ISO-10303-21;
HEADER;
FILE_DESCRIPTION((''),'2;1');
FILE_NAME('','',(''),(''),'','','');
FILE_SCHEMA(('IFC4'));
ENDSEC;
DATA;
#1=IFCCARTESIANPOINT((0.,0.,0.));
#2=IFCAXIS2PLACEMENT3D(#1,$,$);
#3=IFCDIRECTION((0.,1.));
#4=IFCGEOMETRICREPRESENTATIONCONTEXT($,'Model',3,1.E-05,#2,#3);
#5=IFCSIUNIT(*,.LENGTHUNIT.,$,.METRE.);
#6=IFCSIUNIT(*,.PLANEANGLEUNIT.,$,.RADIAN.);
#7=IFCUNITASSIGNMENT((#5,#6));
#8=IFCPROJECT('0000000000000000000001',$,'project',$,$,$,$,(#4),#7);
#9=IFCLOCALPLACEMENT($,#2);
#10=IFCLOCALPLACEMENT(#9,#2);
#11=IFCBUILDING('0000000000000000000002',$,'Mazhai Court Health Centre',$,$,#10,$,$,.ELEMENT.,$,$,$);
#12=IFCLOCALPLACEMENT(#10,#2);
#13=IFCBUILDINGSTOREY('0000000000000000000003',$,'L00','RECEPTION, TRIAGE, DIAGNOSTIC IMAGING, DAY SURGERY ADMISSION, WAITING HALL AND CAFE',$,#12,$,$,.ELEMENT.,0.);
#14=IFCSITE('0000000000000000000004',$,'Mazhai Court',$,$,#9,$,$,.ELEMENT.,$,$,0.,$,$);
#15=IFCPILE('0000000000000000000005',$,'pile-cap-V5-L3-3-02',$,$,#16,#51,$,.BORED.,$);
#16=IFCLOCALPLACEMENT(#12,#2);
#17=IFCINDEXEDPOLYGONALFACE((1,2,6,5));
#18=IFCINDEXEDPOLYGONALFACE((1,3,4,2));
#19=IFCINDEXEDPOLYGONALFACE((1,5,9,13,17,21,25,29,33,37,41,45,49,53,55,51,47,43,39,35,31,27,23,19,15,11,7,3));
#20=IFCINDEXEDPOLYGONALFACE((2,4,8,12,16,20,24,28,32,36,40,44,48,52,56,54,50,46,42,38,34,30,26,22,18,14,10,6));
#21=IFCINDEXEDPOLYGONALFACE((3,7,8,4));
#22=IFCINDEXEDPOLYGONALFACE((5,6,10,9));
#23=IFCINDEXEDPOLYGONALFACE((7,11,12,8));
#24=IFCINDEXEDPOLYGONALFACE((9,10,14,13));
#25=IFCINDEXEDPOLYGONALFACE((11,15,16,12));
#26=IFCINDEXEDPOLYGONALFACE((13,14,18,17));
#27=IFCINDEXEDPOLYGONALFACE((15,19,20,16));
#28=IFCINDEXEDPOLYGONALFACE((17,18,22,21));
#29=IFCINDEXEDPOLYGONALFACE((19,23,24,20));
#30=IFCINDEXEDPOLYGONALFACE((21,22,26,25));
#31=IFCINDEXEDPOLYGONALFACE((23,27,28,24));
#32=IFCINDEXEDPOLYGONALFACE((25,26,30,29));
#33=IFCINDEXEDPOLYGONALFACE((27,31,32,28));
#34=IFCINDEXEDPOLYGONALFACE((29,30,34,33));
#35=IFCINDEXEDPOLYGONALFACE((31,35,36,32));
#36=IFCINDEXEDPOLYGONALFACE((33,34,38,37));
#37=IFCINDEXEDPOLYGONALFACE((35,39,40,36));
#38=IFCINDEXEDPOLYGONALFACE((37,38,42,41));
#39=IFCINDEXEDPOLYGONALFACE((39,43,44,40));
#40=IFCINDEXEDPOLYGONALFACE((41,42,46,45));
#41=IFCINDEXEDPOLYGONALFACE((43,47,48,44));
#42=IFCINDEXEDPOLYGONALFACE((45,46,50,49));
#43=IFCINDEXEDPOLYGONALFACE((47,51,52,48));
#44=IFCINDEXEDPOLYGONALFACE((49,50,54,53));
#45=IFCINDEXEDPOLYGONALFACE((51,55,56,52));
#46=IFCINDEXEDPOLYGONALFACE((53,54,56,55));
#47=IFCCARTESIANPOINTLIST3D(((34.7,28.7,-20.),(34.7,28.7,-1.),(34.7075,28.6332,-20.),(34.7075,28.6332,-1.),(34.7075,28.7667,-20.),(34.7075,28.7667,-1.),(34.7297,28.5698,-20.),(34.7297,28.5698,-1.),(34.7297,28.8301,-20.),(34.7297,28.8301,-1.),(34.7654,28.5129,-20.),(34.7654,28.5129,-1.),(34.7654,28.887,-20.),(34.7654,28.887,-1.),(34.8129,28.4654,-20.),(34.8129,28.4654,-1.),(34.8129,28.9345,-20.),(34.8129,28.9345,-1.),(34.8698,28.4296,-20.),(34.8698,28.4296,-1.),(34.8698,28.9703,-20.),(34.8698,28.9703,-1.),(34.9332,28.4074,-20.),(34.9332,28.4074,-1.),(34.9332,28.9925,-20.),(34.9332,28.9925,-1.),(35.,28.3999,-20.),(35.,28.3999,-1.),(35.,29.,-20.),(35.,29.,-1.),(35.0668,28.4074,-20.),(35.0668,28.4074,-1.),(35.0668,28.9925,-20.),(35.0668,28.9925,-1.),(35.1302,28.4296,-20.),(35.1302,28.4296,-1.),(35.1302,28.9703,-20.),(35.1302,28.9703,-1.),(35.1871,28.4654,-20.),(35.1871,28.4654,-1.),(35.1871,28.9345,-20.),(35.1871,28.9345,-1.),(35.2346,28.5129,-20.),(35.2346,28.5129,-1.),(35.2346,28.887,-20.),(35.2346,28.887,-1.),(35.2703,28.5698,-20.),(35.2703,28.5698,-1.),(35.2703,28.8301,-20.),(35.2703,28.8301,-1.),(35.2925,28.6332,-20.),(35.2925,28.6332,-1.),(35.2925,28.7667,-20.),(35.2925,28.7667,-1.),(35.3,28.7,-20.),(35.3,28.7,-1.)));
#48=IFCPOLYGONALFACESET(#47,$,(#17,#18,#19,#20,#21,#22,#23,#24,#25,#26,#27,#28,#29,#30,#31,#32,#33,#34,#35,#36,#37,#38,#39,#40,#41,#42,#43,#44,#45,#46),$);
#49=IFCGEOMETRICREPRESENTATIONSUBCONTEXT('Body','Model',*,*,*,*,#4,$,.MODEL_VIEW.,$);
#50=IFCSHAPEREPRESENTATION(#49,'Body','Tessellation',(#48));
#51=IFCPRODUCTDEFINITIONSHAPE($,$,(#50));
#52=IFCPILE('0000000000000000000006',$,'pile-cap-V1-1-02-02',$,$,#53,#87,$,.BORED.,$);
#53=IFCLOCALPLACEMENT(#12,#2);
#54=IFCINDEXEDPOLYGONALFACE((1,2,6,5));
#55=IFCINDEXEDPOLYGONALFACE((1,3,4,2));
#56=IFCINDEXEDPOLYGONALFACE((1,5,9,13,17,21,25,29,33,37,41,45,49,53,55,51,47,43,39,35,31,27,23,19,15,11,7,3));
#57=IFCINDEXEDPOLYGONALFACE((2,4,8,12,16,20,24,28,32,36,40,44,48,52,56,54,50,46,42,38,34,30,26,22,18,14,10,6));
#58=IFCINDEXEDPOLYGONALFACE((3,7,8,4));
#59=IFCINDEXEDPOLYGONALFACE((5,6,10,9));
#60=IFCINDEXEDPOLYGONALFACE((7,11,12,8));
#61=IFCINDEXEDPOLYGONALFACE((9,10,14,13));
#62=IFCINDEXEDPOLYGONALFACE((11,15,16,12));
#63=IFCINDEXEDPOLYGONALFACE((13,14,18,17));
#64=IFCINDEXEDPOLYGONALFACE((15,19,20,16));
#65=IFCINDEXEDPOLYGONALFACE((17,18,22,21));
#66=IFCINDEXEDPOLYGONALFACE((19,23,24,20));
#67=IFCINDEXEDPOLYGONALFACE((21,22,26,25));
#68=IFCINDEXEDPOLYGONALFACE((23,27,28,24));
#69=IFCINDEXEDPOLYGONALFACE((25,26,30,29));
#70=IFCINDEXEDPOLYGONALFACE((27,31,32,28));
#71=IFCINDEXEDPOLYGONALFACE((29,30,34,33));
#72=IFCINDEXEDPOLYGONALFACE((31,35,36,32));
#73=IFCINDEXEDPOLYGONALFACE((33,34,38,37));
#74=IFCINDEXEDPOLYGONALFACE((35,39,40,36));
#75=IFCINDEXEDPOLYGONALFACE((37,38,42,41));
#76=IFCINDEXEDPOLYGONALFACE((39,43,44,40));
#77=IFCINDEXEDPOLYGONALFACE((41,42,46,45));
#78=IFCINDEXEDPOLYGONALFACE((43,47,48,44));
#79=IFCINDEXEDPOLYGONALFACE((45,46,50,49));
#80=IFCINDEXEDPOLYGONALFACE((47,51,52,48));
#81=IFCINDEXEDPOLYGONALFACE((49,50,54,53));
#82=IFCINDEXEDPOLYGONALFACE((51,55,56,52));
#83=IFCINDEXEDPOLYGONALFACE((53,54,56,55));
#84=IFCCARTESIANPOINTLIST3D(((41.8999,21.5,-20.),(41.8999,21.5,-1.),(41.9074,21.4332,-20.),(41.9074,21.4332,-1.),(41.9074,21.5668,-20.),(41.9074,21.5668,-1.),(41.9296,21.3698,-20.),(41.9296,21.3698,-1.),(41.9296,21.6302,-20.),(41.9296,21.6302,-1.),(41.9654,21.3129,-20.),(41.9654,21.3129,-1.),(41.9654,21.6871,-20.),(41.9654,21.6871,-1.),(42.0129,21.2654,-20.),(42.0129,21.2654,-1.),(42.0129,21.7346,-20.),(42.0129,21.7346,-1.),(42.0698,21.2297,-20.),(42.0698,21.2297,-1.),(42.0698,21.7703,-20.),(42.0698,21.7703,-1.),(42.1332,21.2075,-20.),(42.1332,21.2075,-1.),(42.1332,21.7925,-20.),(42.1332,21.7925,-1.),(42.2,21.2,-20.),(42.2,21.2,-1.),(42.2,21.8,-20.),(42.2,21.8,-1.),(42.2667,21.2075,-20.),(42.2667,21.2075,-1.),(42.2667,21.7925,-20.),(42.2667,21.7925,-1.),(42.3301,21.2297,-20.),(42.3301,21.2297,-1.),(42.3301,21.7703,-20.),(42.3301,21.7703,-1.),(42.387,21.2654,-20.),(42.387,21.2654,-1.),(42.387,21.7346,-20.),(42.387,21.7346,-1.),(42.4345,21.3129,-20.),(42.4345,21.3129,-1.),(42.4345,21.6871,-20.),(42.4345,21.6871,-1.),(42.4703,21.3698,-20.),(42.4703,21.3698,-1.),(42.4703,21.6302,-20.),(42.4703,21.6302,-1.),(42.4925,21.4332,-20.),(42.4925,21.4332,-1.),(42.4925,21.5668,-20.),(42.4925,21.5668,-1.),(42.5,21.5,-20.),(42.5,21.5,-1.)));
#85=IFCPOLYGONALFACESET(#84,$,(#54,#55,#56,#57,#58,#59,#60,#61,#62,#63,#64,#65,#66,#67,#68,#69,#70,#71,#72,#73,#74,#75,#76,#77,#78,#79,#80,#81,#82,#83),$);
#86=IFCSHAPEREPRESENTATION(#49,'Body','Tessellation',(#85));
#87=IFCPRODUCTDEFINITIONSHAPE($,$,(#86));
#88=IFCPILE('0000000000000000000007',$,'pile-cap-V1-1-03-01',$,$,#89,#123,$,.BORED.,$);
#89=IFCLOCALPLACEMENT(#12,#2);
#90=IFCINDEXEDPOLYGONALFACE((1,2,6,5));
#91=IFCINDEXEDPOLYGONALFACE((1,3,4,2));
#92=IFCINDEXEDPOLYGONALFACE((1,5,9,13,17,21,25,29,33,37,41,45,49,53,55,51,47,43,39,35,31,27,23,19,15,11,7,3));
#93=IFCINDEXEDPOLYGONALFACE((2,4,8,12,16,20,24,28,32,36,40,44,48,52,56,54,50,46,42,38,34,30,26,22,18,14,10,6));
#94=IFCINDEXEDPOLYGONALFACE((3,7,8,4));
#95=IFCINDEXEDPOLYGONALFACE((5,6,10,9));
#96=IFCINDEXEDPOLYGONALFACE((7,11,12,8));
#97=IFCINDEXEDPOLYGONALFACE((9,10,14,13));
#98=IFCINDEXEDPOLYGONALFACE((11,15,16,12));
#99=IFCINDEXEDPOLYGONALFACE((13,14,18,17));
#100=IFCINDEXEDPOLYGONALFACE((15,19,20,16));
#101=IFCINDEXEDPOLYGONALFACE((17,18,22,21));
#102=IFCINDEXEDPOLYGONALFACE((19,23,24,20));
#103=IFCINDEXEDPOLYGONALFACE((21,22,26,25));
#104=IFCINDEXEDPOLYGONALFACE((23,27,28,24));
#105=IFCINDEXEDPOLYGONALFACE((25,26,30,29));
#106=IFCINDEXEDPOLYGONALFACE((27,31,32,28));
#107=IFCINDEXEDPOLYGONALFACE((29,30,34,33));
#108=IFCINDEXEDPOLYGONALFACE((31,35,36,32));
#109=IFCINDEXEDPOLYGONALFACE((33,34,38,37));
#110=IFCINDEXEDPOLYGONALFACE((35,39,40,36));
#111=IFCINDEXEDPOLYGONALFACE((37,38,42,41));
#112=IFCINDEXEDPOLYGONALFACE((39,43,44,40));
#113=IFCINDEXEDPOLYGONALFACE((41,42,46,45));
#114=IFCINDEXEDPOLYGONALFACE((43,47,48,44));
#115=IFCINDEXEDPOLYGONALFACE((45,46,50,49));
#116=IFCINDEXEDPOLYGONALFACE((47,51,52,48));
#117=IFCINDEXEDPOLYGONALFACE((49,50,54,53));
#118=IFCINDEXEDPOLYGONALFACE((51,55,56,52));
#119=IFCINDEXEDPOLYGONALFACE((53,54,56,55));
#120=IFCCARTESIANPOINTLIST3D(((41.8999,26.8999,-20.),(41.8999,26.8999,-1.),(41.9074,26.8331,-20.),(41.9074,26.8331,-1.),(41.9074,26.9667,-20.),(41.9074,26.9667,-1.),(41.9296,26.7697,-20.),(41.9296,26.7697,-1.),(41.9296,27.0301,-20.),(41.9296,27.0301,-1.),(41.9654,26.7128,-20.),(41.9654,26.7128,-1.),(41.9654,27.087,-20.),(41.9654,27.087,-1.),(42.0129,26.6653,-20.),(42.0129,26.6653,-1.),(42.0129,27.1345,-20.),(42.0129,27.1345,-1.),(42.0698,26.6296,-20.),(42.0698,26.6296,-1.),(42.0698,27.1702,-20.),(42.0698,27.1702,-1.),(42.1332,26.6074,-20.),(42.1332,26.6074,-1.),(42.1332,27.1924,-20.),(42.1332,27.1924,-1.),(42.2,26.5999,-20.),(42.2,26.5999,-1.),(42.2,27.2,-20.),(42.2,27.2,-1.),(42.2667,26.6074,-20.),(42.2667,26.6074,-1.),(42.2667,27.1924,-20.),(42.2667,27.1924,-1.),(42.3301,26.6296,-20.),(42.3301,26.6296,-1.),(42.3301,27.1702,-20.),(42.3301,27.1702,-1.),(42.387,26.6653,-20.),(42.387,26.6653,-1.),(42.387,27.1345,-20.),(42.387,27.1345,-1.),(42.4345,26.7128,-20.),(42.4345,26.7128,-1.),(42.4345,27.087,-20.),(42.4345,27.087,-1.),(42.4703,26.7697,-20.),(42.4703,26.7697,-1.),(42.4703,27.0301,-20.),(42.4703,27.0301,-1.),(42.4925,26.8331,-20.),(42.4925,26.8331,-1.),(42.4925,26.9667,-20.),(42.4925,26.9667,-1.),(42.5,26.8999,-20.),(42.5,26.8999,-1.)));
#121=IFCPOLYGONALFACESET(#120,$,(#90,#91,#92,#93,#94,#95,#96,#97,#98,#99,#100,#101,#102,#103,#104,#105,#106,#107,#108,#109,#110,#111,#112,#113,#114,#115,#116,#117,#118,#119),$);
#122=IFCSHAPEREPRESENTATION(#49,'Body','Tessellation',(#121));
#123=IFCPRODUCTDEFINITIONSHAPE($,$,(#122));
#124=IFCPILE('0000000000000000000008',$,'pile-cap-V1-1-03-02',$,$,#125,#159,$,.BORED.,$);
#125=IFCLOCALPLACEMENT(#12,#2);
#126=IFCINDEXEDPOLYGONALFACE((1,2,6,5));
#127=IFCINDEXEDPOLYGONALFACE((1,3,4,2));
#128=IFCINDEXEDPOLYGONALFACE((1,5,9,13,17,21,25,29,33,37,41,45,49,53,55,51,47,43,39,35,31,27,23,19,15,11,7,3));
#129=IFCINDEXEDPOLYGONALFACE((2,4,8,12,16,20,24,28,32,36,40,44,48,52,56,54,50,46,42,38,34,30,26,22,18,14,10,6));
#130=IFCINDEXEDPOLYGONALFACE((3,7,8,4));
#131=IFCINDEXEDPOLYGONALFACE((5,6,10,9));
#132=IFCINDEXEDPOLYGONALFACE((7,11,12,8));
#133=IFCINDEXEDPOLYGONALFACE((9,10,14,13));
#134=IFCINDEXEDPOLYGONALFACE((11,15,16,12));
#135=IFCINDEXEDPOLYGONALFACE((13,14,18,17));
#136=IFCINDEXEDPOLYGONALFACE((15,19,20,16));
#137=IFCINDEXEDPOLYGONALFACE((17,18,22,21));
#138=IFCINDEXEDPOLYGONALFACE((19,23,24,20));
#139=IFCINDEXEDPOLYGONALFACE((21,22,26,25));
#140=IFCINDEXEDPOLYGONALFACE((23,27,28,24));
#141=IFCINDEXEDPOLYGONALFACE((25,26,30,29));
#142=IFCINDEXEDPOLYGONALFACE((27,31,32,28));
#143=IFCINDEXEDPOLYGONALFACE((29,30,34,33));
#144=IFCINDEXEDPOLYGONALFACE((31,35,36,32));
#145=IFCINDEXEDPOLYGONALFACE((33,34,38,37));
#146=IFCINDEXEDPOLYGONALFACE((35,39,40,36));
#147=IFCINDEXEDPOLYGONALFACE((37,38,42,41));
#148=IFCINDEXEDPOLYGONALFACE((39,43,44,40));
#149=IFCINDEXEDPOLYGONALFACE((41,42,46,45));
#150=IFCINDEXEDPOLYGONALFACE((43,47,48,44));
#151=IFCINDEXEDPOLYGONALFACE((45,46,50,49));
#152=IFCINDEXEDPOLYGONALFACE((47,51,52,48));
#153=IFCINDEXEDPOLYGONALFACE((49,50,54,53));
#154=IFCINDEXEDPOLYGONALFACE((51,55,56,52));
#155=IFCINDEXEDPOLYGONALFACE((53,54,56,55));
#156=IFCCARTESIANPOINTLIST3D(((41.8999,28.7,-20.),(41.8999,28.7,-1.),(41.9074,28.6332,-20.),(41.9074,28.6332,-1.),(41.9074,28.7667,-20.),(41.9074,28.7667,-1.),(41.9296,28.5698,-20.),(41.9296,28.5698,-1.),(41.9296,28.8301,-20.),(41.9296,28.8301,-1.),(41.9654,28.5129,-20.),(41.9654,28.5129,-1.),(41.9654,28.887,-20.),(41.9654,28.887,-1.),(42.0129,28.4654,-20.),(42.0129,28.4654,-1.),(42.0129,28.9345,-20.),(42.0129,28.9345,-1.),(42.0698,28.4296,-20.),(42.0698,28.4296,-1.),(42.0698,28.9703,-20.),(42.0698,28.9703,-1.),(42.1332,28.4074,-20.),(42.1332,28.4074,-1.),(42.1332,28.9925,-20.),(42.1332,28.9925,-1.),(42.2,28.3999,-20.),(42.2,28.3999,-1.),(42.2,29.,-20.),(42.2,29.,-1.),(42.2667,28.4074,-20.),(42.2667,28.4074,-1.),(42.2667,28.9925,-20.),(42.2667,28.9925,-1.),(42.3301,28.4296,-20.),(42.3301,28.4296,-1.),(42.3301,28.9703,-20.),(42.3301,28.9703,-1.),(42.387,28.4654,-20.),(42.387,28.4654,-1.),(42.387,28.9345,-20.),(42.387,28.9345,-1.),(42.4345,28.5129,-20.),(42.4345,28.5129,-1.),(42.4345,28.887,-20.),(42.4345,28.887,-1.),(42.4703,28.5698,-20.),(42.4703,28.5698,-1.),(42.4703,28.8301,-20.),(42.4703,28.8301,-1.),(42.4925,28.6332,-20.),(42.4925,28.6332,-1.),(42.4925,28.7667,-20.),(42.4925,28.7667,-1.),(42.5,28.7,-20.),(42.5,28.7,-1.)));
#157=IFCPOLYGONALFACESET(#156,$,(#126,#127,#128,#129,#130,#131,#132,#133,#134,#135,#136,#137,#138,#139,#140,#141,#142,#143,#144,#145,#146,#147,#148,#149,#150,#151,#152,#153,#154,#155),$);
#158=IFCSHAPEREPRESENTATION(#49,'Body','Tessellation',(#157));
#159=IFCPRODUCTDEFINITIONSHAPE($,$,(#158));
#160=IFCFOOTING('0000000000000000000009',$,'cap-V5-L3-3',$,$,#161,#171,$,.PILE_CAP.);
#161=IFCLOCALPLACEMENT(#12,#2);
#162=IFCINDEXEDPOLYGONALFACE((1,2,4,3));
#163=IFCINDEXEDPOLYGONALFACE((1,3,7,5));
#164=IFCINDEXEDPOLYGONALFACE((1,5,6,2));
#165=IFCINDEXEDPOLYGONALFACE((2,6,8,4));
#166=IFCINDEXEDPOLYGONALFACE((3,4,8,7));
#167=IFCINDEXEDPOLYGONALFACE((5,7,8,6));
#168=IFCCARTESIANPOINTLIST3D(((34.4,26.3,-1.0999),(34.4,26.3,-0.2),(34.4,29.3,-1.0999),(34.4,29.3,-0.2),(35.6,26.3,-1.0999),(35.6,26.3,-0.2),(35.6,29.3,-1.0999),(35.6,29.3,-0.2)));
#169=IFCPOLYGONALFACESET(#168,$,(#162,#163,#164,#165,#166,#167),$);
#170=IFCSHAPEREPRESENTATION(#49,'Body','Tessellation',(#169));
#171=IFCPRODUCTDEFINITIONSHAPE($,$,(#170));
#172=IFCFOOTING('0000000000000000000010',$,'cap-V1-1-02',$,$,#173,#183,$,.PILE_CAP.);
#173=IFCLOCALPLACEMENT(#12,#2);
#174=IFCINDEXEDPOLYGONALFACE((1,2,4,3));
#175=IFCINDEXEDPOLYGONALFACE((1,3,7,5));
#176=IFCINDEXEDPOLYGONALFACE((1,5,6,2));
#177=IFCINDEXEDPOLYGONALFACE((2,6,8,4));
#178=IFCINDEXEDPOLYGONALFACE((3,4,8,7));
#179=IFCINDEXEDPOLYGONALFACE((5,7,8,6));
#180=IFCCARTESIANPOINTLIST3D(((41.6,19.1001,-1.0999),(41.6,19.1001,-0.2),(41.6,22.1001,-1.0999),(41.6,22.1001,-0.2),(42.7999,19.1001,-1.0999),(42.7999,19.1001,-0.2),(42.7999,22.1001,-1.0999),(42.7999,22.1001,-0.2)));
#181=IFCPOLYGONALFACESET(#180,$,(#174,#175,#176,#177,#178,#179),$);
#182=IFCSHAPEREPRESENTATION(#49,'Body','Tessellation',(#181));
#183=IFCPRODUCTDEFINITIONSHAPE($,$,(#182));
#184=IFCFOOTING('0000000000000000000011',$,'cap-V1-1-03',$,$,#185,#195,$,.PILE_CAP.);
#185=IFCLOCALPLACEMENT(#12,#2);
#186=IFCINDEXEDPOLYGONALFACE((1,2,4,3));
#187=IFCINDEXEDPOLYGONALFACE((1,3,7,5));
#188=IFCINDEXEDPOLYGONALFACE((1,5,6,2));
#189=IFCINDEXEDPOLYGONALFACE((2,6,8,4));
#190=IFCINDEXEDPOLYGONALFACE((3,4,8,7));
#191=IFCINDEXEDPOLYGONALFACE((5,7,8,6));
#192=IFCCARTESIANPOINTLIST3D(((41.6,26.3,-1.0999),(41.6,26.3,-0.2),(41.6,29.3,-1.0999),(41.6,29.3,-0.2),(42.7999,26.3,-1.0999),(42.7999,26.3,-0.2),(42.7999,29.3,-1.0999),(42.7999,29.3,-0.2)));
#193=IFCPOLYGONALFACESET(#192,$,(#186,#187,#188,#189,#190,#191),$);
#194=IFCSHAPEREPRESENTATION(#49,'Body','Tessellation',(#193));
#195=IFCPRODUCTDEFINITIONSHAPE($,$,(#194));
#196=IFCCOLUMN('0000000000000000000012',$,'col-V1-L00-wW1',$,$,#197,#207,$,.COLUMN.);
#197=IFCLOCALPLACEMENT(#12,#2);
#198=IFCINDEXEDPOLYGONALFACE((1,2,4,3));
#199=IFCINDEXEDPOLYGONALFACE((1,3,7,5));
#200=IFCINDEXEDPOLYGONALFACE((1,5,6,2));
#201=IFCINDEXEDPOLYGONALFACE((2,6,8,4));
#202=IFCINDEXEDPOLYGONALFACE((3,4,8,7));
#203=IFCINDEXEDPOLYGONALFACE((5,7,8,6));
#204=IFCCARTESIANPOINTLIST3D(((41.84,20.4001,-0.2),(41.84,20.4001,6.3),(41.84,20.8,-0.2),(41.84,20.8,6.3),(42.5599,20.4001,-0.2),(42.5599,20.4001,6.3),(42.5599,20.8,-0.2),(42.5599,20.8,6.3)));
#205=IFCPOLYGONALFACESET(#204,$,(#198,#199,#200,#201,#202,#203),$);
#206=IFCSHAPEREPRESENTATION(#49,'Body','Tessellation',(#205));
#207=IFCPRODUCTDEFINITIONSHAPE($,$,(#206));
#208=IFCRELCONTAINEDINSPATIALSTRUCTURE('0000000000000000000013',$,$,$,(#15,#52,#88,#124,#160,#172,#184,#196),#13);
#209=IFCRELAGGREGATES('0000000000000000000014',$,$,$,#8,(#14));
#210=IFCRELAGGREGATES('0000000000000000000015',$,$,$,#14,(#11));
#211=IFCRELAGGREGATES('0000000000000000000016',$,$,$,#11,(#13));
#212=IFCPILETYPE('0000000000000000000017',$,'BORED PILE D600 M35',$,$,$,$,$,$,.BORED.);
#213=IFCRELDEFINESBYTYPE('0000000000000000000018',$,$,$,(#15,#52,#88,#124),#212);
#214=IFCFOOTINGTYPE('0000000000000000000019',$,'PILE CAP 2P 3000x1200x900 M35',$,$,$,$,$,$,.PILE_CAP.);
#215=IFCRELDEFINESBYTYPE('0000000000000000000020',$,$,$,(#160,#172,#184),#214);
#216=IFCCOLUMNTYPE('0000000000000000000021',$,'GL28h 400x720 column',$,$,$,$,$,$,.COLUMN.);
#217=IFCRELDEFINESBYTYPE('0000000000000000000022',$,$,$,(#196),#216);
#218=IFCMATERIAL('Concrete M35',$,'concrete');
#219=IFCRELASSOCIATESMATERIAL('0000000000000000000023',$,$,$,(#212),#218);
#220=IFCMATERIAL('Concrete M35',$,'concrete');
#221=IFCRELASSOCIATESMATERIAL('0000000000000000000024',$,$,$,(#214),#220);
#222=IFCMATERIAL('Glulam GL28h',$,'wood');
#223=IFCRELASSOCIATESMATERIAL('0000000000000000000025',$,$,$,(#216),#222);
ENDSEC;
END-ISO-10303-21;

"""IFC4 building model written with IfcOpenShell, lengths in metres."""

from ifc_helpers import new_model, si_unit, direction, frame, origin, origin_2d, place, context, subcontext, project, spatial, rectangle, circle, extrude, material, material_profile, profile_set, type_object, element, save


model = new_model("IFC4")

# Units and contexts
model_context = context("Model", 3, precision=1e-05, world=origin(), true_north=direction((0.0, 1.0)))
body_context = subcontext(model_context, "Body", "Model", "MODEL_VIEW")
ifc_project = project(units=[si_unit("LENGTHUNIT", "METRE"), si_unit("PLANEANGLEUNIT", "RADIAN")], contexts=[model_context])

# Site, building, storey
site_placement = place(None, origin())
site = spatial("IfcSite", under=ifc_project, at=site_placement, Name="Mazhai Court", CompositionType="ELEMENT", RefElevation=0.0)
building_placement = place(site_placement, origin())
building = spatial("IfcBuilding", under=site, at=building_placement, Name="Mazhai Court Health Centre", CompositionType="ELEMENT")
storey_placement = place(building_placement, origin())
storey = spatial("IfcBuildingStorey", under=building, at=storey_placement, Name="L00", Description="RECEPTION, TRIAGE, DIAGNOSTIC IMAGING, DAY SURGERY ADMISSION, WAITING HALL AND CAFE", CompositionType="ELEMENT", Elevation=0.0)

# Piles
ifc_material_1 = material(Name="Concrete M35", Category="concrete")
ifc_material_profile_1 = material_profile(ifc_material_1, circle(Radius=0.3, at=origin_2d()), Name="RC PILE D600")
ifc_profile_set_1 = profile_set([ifc_material_profile_1], Name="Concrete M35")
pile_type = type_object("IfcPileType", Name="BORED PILE D600 M35", PredefinedType="BORED", material=ifc_profile_set_1)
for number, where, z_axis, x_axis, name in (
    (1, (35.0, 28.7, -1.0), (0.0, 0.0, -1.0), (1.0, 0.0, 0.0), "pile-cap-V5-L3-3-02"),
    (2, (42.2, 21.5, -1.0), (0.0, 0.0, -1.0), (1.0, 0.0, 0.0), "pile-cap-V1-1-02-02"),
    (3, (42.2, 26.8999, -1.0), (0.0, 0.0, -1.0), (1.0, 0.0, 0.0), "pile-cap-V1-1-03-01"),
    (4, (42.2, 28.7, -1.0), (0.0, 0.0, -1.0), (1.0, 0.0, 0.0), "pile-cap-V1-1-03-02"),
):
    element("IfcPile", number, at=place(storey_placement, frame(where, z_axis=z_axis, x_axis=x_axis)), inside=storey, type_object=pile_type, Name=name, PredefinedType="BORED", context=body_context, shape_type="SweptSolid", body=[
        extrude(circle(Radius=0.3, at=origin_2d()), origin(), (0.0, 0.0, 1.0), 19.0),
    ])

# Footings
ifc_material_2 = material(Name="Concrete M35", Category="concrete")
footing_type = type_object("IfcFootingType", Name="PILE CAP 2P 3000x1200x900 M35", PredefinedType="PILE_CAP", material=ifc_material_2)
for number, where, z_axis, x_axis, name in (
    (5, (35.0, 27.8, -1.0999), (0.0, 0.0, 1.0), (1.0, 0.0, 0.0), "cap-V5-L3-3"),
    (6, (42.2, 20.6001, -1.0999), (0.0, 0.0, 1.0), (1.0, 0.0, 0.0), "cap-V1-1-02"),
    (7, (42.2, 27.8, -1.0999), (0.0, 0.0, 1.0), (1.0, 0.0, 0.0), "cap-V1-1-03"),
):
    element("IfcFooting", number, at=place(storey_placement, frame(where, z_axis=z_axis, x_axis=x_axis)), inside=storey, type_object=footing_type, Name=name, PredefinedType="PILE_CAP", context=body_context, shape_type="SweptSolid", body=[
        extrude(rectangle(XDim=1.2, YDim=3.0, at=origin_2d()), origin(), (0.0, 0.0, 1.0), 0.8999),
    ])

# Column
ifc_material_3 = material(Name="Glulam GL28h", Category="wood")
ifc_material_profile_2 = material_profile(ifc_material_3, rectangle(XDim=0.3999, YDim=0.72, at=origin_2d()), Name="GL28h 400x720")
ifc_profile_set_2 = profile_set([ifc_material_profile_2], Name="Glulam GL28h")
column_type_1 = type_object("IfcColumnType", Name="GL28h 400x720 column", PredefinedType="COLUMN", material=ifc_profile_set_2)
for number, where, z_axis, x_axis, name in (
    (8, (42.2, 20.6001, -0.2), (0.0, 0.0, 1.0), (0.0, 1.0, 0.0), "col-V1-L00-wW1"),
):
    element("IfcColumn", number, at=place(storey_placement, frame(where, z_axis=z_axis, x_axis=x_axis)), inside=storey, type_object=column_type_1, Name=name, PredefinedType="COLUMN", context=body_context, shape_type="SweptSolid", body=[
        extrude(rectangle(XDim=0.3999, YDim=0.72, at=origin_2d()), origin(), (0.0, 0.0, 1.0), 6.5),
    ])

save(model, "model.ifc")
